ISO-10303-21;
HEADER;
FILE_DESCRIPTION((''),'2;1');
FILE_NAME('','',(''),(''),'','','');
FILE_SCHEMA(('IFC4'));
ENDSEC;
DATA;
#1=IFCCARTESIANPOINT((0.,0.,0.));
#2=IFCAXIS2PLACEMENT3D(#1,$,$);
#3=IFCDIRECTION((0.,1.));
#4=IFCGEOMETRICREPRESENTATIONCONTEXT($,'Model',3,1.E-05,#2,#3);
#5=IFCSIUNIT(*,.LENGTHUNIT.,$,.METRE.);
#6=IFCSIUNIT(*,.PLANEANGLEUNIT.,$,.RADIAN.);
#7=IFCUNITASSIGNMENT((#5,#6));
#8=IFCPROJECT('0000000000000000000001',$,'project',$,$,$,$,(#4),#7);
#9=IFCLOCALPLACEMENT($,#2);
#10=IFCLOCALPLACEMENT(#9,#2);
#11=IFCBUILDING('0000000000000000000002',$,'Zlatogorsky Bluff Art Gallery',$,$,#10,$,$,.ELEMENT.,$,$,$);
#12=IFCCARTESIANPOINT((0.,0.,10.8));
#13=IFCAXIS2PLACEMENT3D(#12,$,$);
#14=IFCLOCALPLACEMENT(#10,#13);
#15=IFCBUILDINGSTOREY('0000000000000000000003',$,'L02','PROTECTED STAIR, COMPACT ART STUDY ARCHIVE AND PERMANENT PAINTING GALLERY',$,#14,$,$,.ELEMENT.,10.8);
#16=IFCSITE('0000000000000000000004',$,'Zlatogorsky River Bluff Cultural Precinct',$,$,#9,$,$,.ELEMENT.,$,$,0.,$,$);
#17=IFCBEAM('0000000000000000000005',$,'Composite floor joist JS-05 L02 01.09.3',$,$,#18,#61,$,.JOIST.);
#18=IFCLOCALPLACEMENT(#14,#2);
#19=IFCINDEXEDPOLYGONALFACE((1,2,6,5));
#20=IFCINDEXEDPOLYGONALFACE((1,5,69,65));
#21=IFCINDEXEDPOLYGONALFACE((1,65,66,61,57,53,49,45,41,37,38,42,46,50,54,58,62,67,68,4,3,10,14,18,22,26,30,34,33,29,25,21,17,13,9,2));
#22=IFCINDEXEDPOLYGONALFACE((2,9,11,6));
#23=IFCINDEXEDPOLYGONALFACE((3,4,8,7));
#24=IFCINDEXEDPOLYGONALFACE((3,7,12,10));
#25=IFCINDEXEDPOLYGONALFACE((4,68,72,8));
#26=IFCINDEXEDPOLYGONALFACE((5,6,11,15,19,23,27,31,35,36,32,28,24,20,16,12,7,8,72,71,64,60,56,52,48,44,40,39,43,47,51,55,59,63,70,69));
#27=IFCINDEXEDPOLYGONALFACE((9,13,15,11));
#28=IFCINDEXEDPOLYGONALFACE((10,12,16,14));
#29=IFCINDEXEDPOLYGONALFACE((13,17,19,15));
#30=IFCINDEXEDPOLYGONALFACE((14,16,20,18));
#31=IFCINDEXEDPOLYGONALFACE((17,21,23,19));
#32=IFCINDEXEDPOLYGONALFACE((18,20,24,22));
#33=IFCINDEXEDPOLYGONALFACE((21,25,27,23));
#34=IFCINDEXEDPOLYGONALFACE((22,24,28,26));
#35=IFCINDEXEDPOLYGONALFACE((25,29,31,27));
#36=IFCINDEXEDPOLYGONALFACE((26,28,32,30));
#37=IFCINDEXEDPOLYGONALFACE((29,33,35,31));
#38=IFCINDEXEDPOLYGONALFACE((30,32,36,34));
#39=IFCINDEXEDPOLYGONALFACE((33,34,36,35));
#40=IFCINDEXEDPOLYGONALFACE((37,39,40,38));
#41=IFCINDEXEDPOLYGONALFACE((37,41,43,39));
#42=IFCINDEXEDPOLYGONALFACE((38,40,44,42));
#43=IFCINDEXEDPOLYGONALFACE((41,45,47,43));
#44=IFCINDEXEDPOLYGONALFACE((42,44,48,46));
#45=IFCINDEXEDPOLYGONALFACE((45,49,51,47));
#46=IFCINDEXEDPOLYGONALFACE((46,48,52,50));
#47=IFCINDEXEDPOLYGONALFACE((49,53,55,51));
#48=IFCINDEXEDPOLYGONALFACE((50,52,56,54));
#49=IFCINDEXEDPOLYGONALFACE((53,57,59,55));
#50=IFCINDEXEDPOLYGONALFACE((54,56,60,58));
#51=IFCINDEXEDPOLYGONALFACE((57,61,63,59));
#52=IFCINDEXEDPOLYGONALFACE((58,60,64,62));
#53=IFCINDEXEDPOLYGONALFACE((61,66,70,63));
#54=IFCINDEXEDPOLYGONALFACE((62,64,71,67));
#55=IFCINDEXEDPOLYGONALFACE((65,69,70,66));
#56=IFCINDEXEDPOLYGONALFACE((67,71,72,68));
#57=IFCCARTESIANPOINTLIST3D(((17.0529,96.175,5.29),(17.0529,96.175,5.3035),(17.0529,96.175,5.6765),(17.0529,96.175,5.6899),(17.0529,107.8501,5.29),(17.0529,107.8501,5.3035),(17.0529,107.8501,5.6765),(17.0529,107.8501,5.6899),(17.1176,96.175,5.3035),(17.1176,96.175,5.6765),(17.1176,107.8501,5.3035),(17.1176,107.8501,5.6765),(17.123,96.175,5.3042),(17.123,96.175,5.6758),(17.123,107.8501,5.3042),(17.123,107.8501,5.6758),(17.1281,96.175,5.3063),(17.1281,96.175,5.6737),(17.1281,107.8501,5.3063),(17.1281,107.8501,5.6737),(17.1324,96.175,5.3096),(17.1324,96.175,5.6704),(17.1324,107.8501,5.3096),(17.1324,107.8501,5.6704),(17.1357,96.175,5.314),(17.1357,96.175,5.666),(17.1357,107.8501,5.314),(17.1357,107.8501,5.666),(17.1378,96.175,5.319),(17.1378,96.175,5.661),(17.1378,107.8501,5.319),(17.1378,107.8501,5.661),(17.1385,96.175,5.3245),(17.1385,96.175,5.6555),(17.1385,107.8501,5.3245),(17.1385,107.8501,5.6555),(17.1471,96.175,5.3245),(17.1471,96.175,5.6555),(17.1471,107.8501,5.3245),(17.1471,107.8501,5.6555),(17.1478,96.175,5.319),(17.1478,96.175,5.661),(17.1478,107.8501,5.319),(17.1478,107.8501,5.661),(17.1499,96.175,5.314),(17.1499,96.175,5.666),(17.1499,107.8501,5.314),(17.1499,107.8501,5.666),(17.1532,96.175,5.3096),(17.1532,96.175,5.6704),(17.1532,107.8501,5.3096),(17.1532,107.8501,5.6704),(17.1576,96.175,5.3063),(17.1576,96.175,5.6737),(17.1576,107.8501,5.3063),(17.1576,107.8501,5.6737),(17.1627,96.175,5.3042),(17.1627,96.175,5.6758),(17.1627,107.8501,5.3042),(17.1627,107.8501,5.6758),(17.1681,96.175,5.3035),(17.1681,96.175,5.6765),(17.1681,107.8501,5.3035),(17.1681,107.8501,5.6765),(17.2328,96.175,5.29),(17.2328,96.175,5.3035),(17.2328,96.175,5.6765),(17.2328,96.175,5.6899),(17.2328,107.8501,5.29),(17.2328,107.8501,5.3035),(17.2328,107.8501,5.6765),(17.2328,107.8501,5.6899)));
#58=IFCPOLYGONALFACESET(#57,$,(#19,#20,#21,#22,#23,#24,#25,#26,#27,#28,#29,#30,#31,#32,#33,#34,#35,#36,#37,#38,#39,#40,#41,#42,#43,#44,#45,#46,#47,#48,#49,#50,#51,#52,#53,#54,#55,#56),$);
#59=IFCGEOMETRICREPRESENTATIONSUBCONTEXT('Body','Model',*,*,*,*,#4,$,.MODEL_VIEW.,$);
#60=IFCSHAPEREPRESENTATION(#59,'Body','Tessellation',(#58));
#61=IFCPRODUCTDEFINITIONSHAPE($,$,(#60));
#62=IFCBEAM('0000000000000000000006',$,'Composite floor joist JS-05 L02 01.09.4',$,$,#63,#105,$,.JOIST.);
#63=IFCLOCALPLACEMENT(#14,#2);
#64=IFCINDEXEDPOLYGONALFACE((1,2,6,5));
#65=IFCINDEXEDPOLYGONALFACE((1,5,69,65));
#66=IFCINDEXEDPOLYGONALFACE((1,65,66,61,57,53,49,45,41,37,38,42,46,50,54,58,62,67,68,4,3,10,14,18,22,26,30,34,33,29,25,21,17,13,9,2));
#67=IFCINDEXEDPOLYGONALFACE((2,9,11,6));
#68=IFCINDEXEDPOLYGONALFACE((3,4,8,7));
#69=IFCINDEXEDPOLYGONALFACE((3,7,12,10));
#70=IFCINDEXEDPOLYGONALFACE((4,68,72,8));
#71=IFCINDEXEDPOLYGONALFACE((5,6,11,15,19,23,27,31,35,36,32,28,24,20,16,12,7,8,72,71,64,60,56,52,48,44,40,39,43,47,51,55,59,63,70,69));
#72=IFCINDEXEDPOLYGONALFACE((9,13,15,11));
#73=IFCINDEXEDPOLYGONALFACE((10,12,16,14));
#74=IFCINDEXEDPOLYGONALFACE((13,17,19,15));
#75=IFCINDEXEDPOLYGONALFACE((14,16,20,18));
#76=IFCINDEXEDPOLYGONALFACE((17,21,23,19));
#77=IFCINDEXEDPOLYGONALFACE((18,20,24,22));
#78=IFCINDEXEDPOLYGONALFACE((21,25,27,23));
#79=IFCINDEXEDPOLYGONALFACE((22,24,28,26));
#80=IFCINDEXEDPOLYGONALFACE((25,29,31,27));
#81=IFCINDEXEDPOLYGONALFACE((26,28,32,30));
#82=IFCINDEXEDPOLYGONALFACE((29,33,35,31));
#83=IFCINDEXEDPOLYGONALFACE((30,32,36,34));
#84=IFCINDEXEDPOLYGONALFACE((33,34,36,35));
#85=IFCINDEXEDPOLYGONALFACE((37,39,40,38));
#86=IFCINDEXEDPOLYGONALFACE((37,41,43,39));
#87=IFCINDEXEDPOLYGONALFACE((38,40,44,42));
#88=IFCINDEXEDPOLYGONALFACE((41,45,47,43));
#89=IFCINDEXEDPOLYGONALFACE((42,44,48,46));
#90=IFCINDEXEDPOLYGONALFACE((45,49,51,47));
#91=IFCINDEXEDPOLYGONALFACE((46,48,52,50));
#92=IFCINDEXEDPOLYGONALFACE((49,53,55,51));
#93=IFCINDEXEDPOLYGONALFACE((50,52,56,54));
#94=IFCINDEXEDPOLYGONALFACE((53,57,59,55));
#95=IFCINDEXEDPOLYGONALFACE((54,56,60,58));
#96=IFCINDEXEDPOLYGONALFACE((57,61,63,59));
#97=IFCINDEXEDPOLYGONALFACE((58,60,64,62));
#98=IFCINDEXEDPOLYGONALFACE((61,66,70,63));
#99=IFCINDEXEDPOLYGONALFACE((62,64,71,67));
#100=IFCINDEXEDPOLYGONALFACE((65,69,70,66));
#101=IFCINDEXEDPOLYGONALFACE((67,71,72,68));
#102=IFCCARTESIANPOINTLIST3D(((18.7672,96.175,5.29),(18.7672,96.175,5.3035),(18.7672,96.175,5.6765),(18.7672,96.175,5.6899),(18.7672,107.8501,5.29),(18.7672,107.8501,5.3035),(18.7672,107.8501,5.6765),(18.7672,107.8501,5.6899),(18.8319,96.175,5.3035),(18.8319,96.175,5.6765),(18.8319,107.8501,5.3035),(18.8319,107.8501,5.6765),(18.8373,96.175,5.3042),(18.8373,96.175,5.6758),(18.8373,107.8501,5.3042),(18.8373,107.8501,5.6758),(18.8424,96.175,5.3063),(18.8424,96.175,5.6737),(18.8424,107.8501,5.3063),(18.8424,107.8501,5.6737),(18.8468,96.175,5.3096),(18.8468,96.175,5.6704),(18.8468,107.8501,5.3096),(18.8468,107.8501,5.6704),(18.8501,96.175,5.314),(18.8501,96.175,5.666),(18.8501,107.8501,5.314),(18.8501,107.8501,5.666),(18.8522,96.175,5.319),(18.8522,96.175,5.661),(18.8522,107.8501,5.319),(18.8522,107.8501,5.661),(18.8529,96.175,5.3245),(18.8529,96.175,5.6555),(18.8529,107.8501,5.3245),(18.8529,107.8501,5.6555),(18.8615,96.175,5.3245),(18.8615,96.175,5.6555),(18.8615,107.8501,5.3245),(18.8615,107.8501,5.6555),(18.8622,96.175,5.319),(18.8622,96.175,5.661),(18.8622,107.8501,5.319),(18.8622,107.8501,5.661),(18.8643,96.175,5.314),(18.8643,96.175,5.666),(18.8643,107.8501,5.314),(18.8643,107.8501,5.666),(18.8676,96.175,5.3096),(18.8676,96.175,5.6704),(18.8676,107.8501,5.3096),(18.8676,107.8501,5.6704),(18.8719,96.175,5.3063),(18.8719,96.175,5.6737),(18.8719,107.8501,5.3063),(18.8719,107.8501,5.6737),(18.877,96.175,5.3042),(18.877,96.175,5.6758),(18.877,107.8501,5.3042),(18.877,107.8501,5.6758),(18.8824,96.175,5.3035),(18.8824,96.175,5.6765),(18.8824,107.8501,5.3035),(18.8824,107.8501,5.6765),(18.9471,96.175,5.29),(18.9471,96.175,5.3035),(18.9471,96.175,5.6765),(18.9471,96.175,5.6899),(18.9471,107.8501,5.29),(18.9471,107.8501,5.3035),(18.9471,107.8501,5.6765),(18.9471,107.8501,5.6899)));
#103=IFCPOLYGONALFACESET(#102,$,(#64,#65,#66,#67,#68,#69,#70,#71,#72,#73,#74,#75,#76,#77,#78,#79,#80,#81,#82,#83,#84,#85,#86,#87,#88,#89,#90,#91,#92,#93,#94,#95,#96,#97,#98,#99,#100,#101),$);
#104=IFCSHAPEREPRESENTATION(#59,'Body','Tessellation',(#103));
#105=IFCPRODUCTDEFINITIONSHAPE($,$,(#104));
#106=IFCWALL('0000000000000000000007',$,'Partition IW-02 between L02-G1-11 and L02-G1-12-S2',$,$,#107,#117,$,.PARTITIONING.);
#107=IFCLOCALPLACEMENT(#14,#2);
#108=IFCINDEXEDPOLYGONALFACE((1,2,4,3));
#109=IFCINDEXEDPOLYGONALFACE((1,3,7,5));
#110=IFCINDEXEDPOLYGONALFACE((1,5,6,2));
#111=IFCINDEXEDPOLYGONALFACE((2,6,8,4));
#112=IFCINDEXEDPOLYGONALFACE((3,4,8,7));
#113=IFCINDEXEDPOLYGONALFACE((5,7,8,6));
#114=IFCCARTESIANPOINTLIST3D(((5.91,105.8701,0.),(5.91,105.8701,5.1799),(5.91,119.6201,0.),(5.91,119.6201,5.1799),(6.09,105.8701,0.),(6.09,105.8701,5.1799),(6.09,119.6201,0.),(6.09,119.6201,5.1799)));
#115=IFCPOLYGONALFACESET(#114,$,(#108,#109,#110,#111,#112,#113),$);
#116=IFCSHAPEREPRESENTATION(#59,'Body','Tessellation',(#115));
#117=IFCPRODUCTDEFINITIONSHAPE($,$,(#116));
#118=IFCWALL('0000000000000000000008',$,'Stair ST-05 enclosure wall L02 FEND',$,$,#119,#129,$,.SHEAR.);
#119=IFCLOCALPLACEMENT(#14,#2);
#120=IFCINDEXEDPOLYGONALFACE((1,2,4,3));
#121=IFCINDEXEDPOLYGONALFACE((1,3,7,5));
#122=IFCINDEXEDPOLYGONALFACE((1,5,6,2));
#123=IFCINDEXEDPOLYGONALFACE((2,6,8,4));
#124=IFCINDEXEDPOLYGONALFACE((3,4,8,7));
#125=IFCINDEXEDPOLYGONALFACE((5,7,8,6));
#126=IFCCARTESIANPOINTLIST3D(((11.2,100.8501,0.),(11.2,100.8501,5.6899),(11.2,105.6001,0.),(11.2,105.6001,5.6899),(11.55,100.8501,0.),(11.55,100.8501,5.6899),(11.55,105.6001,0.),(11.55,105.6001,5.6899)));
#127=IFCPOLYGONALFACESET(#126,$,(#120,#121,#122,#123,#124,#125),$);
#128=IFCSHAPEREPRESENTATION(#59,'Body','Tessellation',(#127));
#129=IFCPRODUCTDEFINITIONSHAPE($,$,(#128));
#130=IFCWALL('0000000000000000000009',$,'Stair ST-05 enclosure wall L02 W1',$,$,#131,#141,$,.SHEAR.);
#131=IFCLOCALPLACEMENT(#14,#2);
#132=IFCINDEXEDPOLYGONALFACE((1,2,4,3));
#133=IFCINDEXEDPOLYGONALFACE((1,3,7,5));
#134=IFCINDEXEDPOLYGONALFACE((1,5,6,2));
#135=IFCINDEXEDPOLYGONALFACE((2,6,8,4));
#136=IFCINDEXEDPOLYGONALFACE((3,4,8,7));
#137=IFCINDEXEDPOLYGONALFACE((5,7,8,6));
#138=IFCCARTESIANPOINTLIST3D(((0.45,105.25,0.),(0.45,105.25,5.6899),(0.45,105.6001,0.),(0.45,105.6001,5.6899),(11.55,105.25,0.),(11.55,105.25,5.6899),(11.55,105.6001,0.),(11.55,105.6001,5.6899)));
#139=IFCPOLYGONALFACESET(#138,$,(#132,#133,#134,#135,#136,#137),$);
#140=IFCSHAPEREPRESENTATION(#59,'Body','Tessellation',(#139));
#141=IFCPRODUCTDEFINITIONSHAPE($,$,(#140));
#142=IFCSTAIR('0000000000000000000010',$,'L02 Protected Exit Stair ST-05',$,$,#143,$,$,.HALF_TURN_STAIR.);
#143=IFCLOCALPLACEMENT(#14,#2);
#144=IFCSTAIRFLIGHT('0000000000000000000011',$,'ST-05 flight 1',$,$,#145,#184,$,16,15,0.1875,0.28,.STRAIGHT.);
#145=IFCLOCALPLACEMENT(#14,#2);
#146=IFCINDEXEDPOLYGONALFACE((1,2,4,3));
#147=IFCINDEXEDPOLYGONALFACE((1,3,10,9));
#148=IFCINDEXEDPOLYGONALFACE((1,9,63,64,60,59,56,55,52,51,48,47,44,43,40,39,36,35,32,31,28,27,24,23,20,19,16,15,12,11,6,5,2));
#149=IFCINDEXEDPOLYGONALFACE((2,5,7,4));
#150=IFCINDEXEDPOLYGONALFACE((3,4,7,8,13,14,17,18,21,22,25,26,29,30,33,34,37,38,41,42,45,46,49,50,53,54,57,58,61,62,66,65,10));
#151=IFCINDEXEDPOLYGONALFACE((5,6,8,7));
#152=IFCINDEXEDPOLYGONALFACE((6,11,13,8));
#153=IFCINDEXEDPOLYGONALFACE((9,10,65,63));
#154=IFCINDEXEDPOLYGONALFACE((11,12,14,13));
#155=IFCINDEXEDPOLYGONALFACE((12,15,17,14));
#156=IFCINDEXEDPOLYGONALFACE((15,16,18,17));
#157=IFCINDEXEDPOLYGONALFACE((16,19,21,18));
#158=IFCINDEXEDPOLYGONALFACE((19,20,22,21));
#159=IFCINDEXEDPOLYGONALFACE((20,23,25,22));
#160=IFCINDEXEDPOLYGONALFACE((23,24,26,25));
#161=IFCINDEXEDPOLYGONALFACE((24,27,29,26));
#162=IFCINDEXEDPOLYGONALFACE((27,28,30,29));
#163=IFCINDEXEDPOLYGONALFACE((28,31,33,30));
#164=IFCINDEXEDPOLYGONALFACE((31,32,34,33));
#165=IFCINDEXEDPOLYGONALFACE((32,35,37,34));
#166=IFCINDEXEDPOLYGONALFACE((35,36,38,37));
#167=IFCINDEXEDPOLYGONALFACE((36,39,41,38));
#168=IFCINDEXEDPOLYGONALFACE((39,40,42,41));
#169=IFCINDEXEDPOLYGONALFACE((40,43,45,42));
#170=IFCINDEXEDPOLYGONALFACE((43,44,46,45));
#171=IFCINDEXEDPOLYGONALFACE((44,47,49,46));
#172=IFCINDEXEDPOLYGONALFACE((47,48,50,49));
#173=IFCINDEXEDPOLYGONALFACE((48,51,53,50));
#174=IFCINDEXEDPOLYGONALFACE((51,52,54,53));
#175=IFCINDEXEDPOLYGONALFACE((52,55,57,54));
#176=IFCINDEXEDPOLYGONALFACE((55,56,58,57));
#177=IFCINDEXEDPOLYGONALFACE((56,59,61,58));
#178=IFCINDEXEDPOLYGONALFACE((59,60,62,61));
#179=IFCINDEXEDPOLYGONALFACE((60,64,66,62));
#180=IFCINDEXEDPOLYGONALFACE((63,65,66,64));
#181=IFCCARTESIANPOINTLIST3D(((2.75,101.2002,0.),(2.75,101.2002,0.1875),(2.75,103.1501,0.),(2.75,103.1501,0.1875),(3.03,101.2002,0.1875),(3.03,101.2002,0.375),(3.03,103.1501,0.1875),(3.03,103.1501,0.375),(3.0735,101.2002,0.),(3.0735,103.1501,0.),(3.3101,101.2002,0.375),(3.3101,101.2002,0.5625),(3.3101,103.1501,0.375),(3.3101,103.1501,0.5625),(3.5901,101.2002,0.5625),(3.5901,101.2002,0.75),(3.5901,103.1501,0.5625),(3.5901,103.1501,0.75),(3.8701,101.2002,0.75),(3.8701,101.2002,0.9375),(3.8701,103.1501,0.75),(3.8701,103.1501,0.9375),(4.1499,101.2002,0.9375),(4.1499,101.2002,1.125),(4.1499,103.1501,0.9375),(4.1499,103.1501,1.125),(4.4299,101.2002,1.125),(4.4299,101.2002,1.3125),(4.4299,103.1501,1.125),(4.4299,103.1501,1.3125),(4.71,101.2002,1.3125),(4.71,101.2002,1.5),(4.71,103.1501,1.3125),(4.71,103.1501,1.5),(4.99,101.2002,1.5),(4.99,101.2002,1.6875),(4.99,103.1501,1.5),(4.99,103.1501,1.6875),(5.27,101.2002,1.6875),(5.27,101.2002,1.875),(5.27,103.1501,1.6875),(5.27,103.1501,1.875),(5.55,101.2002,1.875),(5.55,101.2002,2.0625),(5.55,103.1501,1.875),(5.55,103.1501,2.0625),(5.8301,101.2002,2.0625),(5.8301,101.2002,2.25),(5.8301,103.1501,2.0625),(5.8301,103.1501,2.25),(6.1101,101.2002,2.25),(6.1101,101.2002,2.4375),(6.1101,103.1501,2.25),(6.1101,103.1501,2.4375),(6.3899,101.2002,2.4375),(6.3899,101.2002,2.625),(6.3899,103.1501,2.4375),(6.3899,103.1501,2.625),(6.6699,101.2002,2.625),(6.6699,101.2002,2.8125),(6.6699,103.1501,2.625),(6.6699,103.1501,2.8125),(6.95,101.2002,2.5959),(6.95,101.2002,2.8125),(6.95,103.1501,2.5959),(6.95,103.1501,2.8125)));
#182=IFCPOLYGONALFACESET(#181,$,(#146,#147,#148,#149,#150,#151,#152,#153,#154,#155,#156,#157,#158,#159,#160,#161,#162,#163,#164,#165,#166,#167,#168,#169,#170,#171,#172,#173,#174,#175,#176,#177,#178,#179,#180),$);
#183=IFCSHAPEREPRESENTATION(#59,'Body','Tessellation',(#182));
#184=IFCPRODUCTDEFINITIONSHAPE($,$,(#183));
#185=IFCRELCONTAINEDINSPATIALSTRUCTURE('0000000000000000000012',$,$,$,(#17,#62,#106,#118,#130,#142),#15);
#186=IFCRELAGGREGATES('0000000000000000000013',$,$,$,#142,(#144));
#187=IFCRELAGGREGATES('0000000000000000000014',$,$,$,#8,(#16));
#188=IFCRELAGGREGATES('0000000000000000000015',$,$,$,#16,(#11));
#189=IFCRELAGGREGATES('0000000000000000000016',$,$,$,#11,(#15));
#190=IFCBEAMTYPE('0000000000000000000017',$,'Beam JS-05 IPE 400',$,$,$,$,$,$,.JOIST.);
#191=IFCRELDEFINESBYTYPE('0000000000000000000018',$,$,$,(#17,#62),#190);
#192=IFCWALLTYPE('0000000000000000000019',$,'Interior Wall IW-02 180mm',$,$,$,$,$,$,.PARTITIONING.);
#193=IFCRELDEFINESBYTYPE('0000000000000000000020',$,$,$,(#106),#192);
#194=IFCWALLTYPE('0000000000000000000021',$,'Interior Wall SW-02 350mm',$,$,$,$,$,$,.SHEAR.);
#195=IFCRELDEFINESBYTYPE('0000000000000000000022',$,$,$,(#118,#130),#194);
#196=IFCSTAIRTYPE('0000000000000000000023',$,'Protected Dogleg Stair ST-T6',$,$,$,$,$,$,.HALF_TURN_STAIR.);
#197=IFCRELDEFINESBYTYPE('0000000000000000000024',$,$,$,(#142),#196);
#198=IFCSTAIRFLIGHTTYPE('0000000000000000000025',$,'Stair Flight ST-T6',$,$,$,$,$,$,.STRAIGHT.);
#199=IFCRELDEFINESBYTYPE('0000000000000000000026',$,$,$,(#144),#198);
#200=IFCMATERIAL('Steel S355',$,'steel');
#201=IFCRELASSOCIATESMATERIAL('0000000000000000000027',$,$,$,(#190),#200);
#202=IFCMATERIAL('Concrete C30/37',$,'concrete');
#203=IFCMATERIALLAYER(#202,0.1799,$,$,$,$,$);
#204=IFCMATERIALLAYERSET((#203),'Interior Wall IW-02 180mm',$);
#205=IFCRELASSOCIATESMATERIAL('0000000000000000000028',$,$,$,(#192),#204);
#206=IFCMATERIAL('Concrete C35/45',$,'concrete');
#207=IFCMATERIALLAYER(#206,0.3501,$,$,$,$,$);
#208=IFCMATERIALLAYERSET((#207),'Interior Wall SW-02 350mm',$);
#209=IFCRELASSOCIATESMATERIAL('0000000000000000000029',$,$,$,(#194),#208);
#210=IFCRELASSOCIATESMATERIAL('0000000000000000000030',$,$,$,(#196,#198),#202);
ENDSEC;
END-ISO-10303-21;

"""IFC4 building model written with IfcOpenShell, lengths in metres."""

from ifc_helpers import new_model, si_unit, direction, frame, frame_2d, origin, origin_2d, place, context, subcontext, project, spatial, polyline, rectangle, i_section, outline, extrude, material, layer, layer_set, material_profile, profile_set, type_object, element, aggregate, save


model = new_model("IFC4")

# Units and contexts
model_context = context("Model", 3, precision=1e-05, world=origin(), true_north=direction((0.0, 1.0)))
body_context = subcontext(model_context, "Body", "Model", "MODEL_VIEW")
ifc_project = project(units=[si_unit("LENGTHUNIT", "METRE"), si_unit("PLANEANGLEUNIT", "RADIAN")], contexts=[model_context])

# Site, building, storey
site_placement = place(None, origin())
site = spatial("IfcSite", under=ifc_project, at=site_placement, Name="Zlatogorsky River Bluff Cultural Precinct", CompositionType="ELEMENT", RefElevation=0.0)
building_placement = place(site_placement, origin())
building = spatial("IfcBuilding", under=site, at=building_placement, Name="Zlatogorsky Bluff Art Gallery", CompositionType="ELEMENT")
storey_placement = place(building_placement, frame((0.0, 0.0, 10.8)))
storey = spatial("IfcBuildingStorey", under=building, at=storey_placement, Name="L02", Description="PROTECTED STAIR, COMPACT ART STUDY ARCHIVE AND PERMANENT PAINTING GALLERY", CompositionType="ELEMENT", Elevation=10.8)

# Shared definitions
ifc_material_1 = material(Name="Steel S355", Category="steel")

# Beams
ifc_material_profile_1 = material_profile(ifc_material_1, i_section(OverallWidth=0.1799, OverallDepth=0.3999, WebThickness=0.0085, FlangeThickness=0.0134, FilletRadius=0.021, at=origin_2d()), Name="IPE 400")
ifc_profile_set_1 = profile_set([ifc_material_profile_1], Name="Steel S355")
beam_type_1 = type_object("IfcBeamType", Name="Beam JS-05 IPE 400", PredefinedType="JOIST", material=ifc_profile_set_1)
for number, where, z_axis, x_axis, name in (
    (1, (17.1428, 96.175, 5.49), (0.0, 1.0, 0.0), (-1.0, 0.0, 0.0), "Composite floor joist JS-05 L02 01.09.3"),
    (2, (18.8572, 96.175, 5.49), (0.0, 1.0, 0.0), (-1.0, 0.0, 0.0), "Composite floor joist JS-05 L02 01.09.4"),
):
    element("IfcBeam", number, at=place(storey_placement, frame(where, z_axis=z_axis, x_axis=x_axis)), inside=storey, type_object=beam_type_1, Name=name, PredefinedType="JOIST", context=body_context, shape_type="SweptSolid", body=[
        extrude(i_section(OverallWidth=0.1799, OverallDepth=0.3999, WebThickness=0.0085, FlangeThickness=0.0134, FilletRadius=0.021, at=origin_2d()), origin(), (0.0, 0.0, 1.0), 11.675),
    ])

# Walls
ifc_material_2 = material(Name="Concrete C30/37", Category="concrete")
ifc_layer_1 = layer(ifc_material_2, 0.1799)
ifc_layer_set_1 = layer_set([ifc_layer_1], Name="Interior Wall IW-02 180mm")
wall_type_1 = type_object("IfcWallType", Name="Interior Wall IW-02 180mm", PredefinedType="PARTITIONING", material=ifc_layer_set_1)
wall_1_placement = place(storey_placement, frame((6.0, 105.8701, 0.0), z_axis=(0.0, 0.0, 1.0), x_axis=(0.0, 1.0, 0.0)))
element("IfcWall", 3, at=wall_1_placement, inside=storey, type_object=wall_type_1, Name="Partition IW-02 between L02-G1-11 and L02-G1-12-S2", PredefinedType="PARTITIONING", context=body_context, shape_type="SweptSolid", body=[
    extrude(rectangle(XDim=13.75, YDim=0.1799, at=frame_2d((6.875, 0.0))), origin(), (0.0, 0.0, 1.0), 5.1799),
])
ifc_material_3 = material(Name="Concrete C35/45", Category="concrete")
ifc_layer_2 = layer(ifc_material_3, 0.3501)
ifc_layer_set_2 = layer_set([ifc_layer_2], Name="Interior Wall SW-02 350mm")
wall_type_2 = type_object("IfcWallType", Name="Interior Wall SW-02 350mm", PredefinedType="SHEAR", material=ifc_layer_set_2)
wall_2_placement = place(storey_placement, frame((11.375, 100.8501, 0.0), z_axis=(0.0, 0.0, 1.0), x_axis=(0.0, 1.0, 0.0)))
element("IfcWall", 4, at=wall_2_placement, inside=storey, type_object=wall_type_2, Name="Stair ST-05 enclosure wall L02 FEND", PredefinedType="SHEAR", context=body_context, shape_type="SweptSolid", body=[
    extrude(rectangle(XDim=4.75, YDim=0.3501, at=frame_2d((2.375, 0.0))), origin(), (0.0, 0.0, 1.0), 5.6899),
])
wall_3_placement = place(storey_placement, frame((11.55, 105.425, 0.0), z_axis=(0.0, 0.0, 1.0), x_axis=(-1.0, 0.0, 0.0)))
element("IfcWall", 5, at=wall_3_placement, inside=storey, type_object=wall_type_2, Name="Stair ST-05 enclosure wall L02 W1", PredefinedType="SHEAR", context=body_context, shape_type="SweptSolid", body=[
    extrude(rectangle(XDim=11.1001, YDim=0.3501, at=frame_2d((5.55, 0.0))), origin(), (0.0, 0.0, 1.0), 5.6899),
])

# Stair, stair flight
stair_type = type_object("IfcStairType", Name="Protected Dogleg Stair ST-T6", PredefinedType="HALF_TURN_STAIR", material=ifc_material_2)
stair_placement = place(storey_placement, origin())
stair = element("IfcStair", 6, at=stair_placement, inside=storey, type_object=stair_type, Name="L02 Protected Exit Stair ST-05", PredefinedType="HALF_TURN_STAIR")
stair_flight_type = type_object("IfcStairFlightType", Name="Stair Flight ST-T6", PredefinedType="STRAIGHT", material=ifc_material_2)
stair_flight_1_placement = place(storey_placement, frame((2.75, 102.175, 0.0), z_axis=(0.0, 0.0, 1.0), x_axis=(1.0, 0.0, 0.0)))
stair_flight_1 = element("IfcStairFlight", 7, at=stair_flight_1_placement, type_object=stair_flight_type, Name="ST-05 flight 1", NumberOfRisers=16, NumberOfTreads=15, PredefinedType="STRAIGHT", RiserHeight=0.1875, TreadLength=0.28, context=body_context, shape_type="SweptSolid", body=[
    extrude(outline(polyline([(0.0, 0.0), (0.0, 0.1875), (0.28, 0.1875), (0.28, 0.375), (0.5601, 0.375), (0.5601, 0.5625), (0.8401, 0.5625), (0.8401, 0.75), (1.1201, 0.75), (1.1201, 0.9375), (1.3999, 0.9375), (1.3999, 1.125), (1.6799, 1.125), (1.6799, 1.3125), (1.96, 1.3125), (1.96, 1.5), (2.24, 1.5), (2.24, 1.6875), (2.52, 1.6875), (2.52, 1.875), (2.8, 1.875), (2.8, 2.0625), (3.0801, 2.0625), (3.0801, 2.25), (3.3601, 2.25), (3.3601, 2.4375), (3.6399, 2.4375), (3.6399, 2.625), (3.9199, 2.625), (3.9199, 2.8125), (4.2, 2.8125), (4.2, 3.0), (4.2, 2.5959), (0.3235, 0.0), (0.0, 0.0)])), frame((0.0, 0.9751, 0.0), z_axis=(0.0, -1.0, 0.0), x_axis=(1.0, 0.0, 0.0)), (0.0, 0.0, 1.0), 1.95),
])
aggregate(stair, [stair_flight_1])

save(model, "model.ifc")
